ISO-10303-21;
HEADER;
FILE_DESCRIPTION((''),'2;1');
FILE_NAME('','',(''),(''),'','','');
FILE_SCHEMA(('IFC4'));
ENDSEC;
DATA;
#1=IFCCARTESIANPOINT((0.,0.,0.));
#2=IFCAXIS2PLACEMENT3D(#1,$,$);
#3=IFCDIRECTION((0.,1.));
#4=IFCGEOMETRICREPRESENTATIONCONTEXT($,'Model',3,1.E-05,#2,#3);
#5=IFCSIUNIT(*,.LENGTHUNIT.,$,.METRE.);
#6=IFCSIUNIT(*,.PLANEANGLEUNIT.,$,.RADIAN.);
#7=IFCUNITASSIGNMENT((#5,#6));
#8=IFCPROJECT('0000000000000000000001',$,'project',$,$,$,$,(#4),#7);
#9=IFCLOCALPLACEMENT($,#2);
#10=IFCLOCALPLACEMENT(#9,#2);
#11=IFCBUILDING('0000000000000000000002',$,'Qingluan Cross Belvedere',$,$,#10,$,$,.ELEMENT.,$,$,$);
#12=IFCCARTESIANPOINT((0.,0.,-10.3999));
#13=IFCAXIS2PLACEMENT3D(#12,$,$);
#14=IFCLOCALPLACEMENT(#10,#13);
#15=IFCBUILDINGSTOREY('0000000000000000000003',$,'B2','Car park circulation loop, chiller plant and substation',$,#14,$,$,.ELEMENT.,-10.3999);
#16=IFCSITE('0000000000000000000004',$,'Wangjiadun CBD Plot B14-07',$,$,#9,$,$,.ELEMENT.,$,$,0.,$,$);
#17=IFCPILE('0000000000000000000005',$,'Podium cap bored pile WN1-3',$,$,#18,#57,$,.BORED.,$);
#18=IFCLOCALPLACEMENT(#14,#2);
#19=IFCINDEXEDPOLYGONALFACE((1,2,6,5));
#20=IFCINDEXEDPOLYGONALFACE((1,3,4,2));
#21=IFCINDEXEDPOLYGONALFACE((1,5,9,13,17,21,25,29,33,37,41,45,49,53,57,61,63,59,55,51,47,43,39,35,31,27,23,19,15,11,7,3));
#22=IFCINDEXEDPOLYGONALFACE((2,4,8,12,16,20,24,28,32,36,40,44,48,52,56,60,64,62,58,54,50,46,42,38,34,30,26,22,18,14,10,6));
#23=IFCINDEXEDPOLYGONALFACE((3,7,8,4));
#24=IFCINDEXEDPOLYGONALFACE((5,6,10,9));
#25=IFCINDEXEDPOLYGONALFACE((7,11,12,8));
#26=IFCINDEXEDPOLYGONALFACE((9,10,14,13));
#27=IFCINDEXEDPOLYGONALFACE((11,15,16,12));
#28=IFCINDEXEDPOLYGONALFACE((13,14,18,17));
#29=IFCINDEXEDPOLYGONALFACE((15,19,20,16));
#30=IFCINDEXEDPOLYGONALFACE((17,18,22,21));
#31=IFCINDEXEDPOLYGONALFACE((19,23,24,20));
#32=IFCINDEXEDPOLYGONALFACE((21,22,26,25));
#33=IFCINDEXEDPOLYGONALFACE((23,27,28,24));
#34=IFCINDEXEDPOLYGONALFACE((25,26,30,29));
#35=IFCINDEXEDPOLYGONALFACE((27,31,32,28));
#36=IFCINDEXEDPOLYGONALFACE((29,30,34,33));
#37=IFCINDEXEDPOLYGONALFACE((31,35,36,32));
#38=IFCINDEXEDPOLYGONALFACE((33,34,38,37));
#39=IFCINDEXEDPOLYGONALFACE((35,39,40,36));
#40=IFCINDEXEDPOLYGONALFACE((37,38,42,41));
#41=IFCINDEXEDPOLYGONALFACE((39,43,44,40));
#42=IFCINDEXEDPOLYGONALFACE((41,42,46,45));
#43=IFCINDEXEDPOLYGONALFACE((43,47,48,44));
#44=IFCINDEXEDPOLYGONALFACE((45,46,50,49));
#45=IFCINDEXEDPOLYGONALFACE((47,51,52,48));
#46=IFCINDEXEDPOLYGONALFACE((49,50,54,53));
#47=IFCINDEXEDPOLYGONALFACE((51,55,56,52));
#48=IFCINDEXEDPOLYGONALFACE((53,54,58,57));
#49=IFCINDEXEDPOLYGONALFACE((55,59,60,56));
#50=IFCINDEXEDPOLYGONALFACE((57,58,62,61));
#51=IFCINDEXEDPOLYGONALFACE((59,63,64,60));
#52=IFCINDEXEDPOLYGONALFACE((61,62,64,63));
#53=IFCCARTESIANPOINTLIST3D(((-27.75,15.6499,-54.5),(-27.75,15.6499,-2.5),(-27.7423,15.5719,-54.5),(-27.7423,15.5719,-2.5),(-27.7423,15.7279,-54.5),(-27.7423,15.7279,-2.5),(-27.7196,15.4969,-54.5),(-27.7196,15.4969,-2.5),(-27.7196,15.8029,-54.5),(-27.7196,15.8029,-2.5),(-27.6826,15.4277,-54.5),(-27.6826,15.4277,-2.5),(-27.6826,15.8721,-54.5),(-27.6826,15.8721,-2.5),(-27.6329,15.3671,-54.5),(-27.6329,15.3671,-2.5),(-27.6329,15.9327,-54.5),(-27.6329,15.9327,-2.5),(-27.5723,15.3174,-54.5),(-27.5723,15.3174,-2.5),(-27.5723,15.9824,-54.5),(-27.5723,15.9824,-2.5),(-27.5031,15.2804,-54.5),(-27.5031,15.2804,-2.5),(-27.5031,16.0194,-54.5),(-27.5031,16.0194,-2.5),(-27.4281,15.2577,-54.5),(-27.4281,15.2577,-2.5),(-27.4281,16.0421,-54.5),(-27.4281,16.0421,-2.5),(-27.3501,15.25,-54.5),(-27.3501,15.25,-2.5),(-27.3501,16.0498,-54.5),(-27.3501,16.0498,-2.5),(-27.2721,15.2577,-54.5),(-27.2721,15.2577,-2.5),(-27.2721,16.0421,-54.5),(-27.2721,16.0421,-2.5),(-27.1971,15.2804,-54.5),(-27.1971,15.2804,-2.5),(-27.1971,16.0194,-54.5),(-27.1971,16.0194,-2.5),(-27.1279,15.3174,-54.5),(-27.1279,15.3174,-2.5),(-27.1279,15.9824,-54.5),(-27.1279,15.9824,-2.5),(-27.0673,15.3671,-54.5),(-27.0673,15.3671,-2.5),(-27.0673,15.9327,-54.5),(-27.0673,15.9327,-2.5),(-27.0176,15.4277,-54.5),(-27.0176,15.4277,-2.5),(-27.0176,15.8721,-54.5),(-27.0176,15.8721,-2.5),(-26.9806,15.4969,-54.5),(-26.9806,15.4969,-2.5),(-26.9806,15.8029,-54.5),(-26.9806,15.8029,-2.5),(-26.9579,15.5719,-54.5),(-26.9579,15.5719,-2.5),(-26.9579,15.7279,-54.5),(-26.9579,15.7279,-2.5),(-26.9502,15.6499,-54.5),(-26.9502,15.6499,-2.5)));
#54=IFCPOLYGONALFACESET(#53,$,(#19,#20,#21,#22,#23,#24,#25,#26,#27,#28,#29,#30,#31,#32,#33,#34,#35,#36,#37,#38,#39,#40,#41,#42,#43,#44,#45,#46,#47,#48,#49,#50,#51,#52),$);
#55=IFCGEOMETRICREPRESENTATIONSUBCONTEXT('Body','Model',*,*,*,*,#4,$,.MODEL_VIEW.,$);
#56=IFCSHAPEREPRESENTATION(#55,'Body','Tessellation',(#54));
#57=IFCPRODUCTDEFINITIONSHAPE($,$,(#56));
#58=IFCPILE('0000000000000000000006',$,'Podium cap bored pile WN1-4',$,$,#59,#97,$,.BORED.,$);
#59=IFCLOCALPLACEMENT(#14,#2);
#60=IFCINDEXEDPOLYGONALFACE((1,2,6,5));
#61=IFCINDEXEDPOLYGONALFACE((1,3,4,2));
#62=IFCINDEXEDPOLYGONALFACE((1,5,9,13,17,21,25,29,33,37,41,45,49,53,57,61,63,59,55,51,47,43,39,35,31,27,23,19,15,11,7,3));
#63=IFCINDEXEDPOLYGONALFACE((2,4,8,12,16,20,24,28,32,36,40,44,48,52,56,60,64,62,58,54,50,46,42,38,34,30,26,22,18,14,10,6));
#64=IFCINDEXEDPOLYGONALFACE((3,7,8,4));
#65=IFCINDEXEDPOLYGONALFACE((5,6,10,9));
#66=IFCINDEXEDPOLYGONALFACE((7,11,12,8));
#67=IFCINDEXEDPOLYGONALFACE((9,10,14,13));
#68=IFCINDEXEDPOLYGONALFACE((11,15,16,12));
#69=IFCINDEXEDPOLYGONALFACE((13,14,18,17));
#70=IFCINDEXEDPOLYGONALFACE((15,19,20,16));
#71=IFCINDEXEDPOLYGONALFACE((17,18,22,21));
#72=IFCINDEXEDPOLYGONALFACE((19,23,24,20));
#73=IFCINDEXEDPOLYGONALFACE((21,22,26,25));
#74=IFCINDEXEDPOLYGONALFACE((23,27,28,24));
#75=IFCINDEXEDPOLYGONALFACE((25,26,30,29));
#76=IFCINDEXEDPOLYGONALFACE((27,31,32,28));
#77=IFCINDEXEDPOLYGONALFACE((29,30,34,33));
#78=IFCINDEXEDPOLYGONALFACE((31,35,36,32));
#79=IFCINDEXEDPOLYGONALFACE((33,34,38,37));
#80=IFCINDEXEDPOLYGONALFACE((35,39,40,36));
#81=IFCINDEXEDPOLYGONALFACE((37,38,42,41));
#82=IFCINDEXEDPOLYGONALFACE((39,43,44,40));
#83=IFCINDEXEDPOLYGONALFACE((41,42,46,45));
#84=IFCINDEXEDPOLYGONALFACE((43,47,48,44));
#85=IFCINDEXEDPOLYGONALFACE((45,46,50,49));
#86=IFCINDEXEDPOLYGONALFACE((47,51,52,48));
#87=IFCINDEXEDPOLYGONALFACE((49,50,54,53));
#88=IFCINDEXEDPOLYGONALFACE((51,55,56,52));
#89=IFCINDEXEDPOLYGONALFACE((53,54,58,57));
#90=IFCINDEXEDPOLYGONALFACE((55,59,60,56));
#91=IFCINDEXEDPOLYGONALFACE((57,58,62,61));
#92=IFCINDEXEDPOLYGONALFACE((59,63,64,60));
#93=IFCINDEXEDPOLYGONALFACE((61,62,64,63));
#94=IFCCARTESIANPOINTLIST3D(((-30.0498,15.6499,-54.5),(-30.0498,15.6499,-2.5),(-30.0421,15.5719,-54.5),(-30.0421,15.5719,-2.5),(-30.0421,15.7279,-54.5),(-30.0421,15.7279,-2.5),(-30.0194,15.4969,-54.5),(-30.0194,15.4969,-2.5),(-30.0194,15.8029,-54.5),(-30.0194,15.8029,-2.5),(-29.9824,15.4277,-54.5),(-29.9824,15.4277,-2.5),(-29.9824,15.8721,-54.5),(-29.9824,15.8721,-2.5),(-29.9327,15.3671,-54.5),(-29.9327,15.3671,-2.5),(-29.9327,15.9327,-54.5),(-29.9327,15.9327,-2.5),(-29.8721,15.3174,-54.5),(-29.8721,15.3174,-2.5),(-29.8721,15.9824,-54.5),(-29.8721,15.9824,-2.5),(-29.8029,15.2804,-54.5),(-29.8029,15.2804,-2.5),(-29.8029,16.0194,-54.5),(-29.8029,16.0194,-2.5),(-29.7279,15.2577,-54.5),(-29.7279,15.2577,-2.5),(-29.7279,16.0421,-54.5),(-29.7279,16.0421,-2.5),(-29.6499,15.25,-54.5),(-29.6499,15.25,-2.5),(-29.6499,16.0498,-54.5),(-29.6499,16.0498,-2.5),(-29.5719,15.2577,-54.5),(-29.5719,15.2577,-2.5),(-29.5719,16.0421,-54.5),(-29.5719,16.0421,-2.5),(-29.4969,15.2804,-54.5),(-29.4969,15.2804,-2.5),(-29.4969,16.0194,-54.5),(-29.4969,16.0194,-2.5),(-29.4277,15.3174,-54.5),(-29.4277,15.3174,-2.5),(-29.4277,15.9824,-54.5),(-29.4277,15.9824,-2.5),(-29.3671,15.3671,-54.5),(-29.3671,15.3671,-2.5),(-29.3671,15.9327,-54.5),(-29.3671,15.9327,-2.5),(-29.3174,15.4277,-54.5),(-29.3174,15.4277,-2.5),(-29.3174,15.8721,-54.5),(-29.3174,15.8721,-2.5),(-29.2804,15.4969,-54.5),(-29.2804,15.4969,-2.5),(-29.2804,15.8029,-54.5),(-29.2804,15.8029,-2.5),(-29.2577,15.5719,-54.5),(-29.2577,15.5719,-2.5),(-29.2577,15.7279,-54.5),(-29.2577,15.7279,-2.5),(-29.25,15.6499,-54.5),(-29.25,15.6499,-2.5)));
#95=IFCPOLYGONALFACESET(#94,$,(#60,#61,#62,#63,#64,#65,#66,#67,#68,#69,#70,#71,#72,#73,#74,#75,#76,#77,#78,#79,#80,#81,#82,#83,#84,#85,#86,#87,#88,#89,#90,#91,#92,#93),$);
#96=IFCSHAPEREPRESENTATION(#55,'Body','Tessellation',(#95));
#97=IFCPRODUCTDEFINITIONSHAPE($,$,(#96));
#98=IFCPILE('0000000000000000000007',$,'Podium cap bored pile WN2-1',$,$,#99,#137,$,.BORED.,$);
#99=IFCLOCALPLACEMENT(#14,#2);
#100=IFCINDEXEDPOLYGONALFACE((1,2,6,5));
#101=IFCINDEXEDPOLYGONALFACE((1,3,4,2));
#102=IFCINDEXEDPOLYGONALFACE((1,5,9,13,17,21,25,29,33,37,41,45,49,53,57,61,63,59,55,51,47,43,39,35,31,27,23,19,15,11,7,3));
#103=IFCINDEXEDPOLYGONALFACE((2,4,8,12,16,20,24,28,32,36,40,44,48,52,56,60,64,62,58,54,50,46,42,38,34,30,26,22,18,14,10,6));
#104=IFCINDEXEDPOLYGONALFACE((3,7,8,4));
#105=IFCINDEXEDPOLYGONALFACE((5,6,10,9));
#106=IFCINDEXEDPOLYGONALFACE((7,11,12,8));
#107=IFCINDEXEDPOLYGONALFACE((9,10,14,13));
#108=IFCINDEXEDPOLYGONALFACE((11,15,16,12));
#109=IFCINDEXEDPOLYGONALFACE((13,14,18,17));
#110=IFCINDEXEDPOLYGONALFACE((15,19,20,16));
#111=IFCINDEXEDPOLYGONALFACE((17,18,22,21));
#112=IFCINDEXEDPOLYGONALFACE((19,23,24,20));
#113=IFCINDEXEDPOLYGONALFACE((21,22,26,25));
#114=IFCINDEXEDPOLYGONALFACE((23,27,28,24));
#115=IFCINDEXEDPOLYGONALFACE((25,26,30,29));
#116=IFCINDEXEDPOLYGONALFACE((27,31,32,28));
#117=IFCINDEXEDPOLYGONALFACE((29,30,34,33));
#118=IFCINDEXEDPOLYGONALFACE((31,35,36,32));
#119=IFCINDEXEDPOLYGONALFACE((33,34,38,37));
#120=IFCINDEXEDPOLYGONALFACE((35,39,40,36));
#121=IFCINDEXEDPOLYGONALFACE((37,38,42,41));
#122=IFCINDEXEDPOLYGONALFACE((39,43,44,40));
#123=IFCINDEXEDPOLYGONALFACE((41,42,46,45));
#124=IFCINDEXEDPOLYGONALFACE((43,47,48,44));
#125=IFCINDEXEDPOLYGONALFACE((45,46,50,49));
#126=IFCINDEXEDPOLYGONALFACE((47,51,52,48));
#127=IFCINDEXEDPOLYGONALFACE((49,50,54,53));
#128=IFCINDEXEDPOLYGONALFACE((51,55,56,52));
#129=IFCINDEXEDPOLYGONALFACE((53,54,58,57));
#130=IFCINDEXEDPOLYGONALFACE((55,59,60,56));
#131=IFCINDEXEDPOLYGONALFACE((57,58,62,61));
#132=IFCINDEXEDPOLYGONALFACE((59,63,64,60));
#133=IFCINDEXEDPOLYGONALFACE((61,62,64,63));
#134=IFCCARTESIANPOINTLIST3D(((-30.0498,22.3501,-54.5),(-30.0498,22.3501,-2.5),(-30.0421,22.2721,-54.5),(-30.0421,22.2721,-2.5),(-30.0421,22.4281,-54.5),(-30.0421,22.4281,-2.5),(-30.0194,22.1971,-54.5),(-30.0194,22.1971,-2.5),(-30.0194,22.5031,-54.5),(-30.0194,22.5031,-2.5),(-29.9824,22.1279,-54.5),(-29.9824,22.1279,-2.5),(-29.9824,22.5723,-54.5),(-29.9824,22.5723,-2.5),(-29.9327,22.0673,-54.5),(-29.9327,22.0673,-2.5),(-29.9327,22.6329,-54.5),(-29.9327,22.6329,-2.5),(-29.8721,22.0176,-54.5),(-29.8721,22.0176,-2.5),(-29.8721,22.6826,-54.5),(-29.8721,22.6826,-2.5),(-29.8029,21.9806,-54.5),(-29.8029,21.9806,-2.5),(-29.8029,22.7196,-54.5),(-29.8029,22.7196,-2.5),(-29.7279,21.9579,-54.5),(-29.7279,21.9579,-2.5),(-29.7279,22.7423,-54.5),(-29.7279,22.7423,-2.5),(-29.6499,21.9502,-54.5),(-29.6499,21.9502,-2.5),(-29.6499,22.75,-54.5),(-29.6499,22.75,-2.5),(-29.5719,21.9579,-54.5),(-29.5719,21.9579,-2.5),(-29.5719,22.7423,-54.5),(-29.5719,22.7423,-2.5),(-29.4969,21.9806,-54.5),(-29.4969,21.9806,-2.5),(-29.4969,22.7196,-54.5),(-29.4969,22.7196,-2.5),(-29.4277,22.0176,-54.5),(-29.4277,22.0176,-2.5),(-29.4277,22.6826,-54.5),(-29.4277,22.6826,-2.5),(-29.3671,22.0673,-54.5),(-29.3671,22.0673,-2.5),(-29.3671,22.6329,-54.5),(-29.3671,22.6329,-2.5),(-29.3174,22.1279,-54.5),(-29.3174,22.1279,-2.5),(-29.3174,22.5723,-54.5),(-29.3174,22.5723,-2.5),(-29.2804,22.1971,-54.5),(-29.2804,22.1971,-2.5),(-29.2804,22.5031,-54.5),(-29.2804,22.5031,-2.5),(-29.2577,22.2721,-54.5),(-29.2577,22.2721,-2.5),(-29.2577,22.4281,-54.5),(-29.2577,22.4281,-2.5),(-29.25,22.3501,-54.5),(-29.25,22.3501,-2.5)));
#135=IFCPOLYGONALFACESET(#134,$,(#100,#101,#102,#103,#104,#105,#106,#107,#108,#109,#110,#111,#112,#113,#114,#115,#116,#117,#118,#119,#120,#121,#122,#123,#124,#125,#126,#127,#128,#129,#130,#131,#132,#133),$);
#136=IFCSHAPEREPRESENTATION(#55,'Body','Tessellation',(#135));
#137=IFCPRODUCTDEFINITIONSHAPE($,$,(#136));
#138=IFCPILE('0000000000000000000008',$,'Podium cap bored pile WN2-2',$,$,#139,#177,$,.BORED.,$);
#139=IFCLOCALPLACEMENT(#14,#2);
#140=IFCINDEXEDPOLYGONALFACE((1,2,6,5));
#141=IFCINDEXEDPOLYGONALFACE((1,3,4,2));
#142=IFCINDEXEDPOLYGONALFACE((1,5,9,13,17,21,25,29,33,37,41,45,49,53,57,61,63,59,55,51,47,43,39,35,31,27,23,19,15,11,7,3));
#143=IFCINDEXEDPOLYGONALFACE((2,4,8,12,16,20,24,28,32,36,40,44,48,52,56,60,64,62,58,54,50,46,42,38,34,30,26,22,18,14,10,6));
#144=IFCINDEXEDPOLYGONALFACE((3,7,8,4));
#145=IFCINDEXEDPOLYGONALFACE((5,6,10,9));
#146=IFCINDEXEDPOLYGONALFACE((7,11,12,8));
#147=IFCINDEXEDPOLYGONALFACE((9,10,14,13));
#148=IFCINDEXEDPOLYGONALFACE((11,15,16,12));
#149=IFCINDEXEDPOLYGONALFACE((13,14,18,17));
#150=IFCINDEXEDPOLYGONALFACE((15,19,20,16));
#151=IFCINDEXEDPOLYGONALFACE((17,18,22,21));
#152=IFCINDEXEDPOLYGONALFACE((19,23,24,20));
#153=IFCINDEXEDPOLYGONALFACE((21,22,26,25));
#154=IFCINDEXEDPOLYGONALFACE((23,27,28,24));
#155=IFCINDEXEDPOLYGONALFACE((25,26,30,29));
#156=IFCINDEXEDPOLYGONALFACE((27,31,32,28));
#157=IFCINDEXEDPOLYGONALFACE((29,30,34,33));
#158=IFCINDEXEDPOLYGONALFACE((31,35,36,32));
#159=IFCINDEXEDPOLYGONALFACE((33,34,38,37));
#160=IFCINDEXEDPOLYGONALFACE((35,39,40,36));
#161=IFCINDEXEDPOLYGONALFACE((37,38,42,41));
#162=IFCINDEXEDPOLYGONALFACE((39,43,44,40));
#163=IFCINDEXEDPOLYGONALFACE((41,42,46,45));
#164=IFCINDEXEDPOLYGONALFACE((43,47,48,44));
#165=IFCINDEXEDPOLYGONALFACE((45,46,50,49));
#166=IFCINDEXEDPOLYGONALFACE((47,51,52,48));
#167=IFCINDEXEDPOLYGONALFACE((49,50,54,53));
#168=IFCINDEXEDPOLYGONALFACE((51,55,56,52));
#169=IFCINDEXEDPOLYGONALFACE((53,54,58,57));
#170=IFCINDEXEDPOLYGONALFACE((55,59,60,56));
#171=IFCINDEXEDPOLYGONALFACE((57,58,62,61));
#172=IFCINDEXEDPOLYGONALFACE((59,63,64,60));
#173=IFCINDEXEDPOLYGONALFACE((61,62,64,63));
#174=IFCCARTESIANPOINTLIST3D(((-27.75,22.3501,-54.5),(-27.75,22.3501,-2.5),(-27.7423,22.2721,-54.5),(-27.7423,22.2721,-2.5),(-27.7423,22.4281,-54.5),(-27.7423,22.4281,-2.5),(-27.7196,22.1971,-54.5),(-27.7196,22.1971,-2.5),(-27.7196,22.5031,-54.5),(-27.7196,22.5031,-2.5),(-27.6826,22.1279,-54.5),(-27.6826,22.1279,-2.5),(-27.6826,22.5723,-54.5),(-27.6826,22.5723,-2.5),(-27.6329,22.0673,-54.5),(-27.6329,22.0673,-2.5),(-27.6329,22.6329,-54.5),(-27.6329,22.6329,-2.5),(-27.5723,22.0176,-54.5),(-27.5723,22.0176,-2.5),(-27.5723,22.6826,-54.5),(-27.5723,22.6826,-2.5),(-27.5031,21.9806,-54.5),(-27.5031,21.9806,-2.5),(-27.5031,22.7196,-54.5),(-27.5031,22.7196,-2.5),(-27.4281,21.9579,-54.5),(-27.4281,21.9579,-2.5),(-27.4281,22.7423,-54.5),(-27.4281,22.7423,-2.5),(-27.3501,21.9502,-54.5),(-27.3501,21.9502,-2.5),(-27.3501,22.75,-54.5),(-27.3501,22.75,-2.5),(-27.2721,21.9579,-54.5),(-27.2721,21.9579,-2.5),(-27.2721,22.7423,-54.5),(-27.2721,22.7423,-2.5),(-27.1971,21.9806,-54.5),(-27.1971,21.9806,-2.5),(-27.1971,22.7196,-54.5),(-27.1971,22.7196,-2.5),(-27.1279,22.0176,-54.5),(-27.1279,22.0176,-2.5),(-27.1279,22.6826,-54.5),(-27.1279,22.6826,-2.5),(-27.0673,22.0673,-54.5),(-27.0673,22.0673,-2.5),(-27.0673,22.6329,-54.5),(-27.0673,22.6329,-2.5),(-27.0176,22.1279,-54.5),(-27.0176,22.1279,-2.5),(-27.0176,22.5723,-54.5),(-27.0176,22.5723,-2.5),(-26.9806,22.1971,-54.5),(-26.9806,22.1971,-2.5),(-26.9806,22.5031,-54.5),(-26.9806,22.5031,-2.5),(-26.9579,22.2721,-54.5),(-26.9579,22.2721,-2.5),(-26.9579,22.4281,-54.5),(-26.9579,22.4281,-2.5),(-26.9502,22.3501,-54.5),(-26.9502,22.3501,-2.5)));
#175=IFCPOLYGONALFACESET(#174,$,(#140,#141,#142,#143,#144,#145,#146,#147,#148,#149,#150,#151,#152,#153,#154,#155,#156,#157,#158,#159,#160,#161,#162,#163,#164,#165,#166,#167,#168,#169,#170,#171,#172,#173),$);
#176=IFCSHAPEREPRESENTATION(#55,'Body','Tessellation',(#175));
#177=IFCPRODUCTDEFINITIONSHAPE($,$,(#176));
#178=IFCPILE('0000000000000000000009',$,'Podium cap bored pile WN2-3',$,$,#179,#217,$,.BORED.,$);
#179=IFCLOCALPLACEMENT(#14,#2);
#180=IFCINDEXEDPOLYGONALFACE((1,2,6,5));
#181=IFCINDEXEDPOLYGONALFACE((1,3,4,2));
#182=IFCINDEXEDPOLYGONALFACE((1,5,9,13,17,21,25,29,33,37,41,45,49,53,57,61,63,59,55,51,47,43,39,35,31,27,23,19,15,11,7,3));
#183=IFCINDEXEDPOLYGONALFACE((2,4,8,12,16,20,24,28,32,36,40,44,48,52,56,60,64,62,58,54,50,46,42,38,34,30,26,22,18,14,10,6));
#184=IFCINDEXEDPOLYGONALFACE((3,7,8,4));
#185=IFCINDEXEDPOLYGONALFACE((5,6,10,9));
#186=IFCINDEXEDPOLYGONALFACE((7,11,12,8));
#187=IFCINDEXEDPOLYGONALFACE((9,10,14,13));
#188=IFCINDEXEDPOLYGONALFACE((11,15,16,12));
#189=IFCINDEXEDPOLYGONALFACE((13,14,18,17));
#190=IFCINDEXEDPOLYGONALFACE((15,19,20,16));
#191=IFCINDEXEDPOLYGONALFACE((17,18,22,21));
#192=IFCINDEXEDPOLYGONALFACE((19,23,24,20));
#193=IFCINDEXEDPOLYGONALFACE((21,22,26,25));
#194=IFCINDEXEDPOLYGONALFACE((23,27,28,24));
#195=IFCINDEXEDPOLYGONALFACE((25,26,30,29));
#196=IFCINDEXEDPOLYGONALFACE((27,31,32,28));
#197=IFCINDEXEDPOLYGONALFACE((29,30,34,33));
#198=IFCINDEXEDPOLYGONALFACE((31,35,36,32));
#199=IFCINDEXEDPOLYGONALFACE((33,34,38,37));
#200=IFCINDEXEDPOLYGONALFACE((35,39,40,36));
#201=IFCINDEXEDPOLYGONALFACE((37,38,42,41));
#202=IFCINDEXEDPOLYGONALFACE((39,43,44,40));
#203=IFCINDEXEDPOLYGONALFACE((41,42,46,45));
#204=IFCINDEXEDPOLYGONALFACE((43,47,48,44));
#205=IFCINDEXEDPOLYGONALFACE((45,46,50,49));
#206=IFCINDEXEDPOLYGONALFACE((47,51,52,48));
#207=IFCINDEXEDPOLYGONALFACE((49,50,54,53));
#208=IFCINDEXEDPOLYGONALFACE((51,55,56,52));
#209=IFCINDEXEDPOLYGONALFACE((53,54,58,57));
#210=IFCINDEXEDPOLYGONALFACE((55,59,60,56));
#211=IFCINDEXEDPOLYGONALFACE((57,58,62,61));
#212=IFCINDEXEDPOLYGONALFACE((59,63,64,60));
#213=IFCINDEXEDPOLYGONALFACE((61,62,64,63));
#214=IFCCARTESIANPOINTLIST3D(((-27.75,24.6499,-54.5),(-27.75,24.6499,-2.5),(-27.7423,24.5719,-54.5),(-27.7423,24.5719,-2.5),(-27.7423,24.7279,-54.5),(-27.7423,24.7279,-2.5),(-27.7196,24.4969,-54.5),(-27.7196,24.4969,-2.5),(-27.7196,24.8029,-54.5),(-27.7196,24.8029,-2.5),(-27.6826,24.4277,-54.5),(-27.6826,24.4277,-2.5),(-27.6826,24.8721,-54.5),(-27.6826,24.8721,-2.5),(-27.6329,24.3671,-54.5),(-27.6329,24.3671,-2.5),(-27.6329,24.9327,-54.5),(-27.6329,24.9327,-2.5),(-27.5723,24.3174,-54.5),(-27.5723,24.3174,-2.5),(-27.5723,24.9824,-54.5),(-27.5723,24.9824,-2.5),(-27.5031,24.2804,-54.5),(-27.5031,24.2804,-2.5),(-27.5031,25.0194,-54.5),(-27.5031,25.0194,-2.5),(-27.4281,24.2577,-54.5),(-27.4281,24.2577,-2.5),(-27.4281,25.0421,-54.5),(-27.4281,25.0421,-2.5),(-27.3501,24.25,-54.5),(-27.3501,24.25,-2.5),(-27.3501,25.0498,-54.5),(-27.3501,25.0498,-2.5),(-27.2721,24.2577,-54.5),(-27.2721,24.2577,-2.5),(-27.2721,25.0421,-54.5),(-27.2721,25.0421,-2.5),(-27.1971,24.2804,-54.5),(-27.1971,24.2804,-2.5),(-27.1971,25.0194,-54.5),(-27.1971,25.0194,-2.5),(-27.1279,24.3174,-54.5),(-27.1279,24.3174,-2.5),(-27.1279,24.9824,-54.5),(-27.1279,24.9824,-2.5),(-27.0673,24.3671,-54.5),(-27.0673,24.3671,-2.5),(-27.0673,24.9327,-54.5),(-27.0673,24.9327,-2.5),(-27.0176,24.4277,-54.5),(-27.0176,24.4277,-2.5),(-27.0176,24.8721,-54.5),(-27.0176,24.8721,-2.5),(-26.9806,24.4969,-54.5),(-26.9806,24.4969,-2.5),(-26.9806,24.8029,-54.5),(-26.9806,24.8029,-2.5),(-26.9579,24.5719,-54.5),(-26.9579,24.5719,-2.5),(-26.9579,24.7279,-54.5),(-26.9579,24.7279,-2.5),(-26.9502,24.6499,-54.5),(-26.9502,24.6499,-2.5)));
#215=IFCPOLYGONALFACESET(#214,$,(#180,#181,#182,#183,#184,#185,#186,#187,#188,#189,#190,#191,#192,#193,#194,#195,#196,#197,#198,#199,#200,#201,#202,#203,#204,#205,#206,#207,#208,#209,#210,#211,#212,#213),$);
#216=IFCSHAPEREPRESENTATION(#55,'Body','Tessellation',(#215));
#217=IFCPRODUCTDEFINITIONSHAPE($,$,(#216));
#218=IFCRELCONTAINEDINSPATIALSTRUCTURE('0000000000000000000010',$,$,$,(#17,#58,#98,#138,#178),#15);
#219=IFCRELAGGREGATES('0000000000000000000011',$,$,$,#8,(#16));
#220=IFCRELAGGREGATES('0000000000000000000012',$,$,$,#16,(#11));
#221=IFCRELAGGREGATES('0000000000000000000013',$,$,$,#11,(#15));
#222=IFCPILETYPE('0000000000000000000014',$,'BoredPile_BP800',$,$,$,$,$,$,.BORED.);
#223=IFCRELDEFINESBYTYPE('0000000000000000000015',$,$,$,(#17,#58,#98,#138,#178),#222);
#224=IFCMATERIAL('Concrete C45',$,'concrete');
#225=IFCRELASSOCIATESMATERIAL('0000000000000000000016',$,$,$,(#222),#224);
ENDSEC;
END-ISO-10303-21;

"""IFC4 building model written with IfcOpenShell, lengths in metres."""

from ifc_helpers import new_model, si_unit, direction, frame, origin, origin_2d, place, context, subcontext, project, spatial, circle, extrude, material, material_profile, profile_set, type_object, element, save


model = new_model("IFC4")

# Units and contexts
model_context = context("Model", 3, precision=1e-05, world=origin(), true_north=direction((0.0, 1.0)))
body_context = subcontext(model_context, "Body", "Model", "MODEL_VIEW")
ifc_project = project(units=[si_unit("LENGTHUNIT", "METRE"), si_unit("PLANEANGLEUNIT", "RADIAN")], contexts=[model_context])

# Site, building, storey
site_placement = place(None, origin())
site = spatial("IfcSite", under=ifc_project, at=site_placement, Name="Wangjiadun CBD Plot B14-07", CompositionType="ELEMENT", RefElevation=0.0)
building_placement = place(site_placement, origin())
building = spatial("IfcBuilding", under=site, at=building_placement, Name="Qingluan Cross Belvedere", CompositionType="ELEMENT")
storey_placement = place(building_placement, frame((0.0, 0.0, -10.3999)))
storey = spatial("IfcBuildingStorey", under=building, at=storey_placement, Name="B2", Description="Car park circulation loop, chiller plant and substation", CompositionType="ELEMENT", Elevation=-10.3999)

# Piles
ifc_material_1 = material(Name="Concrete C45", Category="concrete")
ifc_material_profile_1 = material_profile(ifc_material_1, circle(Radius=0.3999, at=origin_2d()), Name="BP800")
ifc_profile_set_1 = profile_set([ifc_material_profile_1], Name="Concrete C45")
pile_type_1 = type_object("IfcPileType", Name="BoredPile_BP800", PredefinedType="BORED", material=ifc_profile_set_1)
for number, where, z_axis, x_axis, name in (
    (1, (-27.3501, 15.6499, -2.5), (0.0, 0.0, -1.0), (1.0, 0.0, 0.0), "Podium cap bored pile WN1-3"),
    (2, (-29.6499, 15.6499, -2.5), (0.0, 0.0, -1.0), (1.0, 0.0, 0.0), "Podium cap bored pile WN1-4"),
    (3, (-29.6499, 22.3501, -2.5), (0.0, 0.0, -1.0), (1.0, 0.0, 0.0), "Podium cap bored pile WN2-1"),
    (4, (-27.3501, 22.3501, -2.5), (0.0, 0.0, -1.0), (1.0, 0.0, 0.0), "Podium cap bored pile WN2-2"),
    (5, (-27.3501, 24.6499, -2.5), (0.0, 0.0, -1.0), (1.0, 0.0, 0.0), "Podium cap bored pile WN2-3"),
):
    element("IfcPile", number, at=place(storey_placement, frame(where, z_axis=z_axis, x_axis=x_axis)), inside=storey, type_object=pile_type_1, Name=name, PredefinedType="BORED", context=body_context, shape_type="SweptSolid", body=[
        extrude(circle(Radius=0.3999, at=origin_2d()), origin(), (0.0, 0.0, 1.0), 52.0),
    ])

save(model, "model.ifc")
